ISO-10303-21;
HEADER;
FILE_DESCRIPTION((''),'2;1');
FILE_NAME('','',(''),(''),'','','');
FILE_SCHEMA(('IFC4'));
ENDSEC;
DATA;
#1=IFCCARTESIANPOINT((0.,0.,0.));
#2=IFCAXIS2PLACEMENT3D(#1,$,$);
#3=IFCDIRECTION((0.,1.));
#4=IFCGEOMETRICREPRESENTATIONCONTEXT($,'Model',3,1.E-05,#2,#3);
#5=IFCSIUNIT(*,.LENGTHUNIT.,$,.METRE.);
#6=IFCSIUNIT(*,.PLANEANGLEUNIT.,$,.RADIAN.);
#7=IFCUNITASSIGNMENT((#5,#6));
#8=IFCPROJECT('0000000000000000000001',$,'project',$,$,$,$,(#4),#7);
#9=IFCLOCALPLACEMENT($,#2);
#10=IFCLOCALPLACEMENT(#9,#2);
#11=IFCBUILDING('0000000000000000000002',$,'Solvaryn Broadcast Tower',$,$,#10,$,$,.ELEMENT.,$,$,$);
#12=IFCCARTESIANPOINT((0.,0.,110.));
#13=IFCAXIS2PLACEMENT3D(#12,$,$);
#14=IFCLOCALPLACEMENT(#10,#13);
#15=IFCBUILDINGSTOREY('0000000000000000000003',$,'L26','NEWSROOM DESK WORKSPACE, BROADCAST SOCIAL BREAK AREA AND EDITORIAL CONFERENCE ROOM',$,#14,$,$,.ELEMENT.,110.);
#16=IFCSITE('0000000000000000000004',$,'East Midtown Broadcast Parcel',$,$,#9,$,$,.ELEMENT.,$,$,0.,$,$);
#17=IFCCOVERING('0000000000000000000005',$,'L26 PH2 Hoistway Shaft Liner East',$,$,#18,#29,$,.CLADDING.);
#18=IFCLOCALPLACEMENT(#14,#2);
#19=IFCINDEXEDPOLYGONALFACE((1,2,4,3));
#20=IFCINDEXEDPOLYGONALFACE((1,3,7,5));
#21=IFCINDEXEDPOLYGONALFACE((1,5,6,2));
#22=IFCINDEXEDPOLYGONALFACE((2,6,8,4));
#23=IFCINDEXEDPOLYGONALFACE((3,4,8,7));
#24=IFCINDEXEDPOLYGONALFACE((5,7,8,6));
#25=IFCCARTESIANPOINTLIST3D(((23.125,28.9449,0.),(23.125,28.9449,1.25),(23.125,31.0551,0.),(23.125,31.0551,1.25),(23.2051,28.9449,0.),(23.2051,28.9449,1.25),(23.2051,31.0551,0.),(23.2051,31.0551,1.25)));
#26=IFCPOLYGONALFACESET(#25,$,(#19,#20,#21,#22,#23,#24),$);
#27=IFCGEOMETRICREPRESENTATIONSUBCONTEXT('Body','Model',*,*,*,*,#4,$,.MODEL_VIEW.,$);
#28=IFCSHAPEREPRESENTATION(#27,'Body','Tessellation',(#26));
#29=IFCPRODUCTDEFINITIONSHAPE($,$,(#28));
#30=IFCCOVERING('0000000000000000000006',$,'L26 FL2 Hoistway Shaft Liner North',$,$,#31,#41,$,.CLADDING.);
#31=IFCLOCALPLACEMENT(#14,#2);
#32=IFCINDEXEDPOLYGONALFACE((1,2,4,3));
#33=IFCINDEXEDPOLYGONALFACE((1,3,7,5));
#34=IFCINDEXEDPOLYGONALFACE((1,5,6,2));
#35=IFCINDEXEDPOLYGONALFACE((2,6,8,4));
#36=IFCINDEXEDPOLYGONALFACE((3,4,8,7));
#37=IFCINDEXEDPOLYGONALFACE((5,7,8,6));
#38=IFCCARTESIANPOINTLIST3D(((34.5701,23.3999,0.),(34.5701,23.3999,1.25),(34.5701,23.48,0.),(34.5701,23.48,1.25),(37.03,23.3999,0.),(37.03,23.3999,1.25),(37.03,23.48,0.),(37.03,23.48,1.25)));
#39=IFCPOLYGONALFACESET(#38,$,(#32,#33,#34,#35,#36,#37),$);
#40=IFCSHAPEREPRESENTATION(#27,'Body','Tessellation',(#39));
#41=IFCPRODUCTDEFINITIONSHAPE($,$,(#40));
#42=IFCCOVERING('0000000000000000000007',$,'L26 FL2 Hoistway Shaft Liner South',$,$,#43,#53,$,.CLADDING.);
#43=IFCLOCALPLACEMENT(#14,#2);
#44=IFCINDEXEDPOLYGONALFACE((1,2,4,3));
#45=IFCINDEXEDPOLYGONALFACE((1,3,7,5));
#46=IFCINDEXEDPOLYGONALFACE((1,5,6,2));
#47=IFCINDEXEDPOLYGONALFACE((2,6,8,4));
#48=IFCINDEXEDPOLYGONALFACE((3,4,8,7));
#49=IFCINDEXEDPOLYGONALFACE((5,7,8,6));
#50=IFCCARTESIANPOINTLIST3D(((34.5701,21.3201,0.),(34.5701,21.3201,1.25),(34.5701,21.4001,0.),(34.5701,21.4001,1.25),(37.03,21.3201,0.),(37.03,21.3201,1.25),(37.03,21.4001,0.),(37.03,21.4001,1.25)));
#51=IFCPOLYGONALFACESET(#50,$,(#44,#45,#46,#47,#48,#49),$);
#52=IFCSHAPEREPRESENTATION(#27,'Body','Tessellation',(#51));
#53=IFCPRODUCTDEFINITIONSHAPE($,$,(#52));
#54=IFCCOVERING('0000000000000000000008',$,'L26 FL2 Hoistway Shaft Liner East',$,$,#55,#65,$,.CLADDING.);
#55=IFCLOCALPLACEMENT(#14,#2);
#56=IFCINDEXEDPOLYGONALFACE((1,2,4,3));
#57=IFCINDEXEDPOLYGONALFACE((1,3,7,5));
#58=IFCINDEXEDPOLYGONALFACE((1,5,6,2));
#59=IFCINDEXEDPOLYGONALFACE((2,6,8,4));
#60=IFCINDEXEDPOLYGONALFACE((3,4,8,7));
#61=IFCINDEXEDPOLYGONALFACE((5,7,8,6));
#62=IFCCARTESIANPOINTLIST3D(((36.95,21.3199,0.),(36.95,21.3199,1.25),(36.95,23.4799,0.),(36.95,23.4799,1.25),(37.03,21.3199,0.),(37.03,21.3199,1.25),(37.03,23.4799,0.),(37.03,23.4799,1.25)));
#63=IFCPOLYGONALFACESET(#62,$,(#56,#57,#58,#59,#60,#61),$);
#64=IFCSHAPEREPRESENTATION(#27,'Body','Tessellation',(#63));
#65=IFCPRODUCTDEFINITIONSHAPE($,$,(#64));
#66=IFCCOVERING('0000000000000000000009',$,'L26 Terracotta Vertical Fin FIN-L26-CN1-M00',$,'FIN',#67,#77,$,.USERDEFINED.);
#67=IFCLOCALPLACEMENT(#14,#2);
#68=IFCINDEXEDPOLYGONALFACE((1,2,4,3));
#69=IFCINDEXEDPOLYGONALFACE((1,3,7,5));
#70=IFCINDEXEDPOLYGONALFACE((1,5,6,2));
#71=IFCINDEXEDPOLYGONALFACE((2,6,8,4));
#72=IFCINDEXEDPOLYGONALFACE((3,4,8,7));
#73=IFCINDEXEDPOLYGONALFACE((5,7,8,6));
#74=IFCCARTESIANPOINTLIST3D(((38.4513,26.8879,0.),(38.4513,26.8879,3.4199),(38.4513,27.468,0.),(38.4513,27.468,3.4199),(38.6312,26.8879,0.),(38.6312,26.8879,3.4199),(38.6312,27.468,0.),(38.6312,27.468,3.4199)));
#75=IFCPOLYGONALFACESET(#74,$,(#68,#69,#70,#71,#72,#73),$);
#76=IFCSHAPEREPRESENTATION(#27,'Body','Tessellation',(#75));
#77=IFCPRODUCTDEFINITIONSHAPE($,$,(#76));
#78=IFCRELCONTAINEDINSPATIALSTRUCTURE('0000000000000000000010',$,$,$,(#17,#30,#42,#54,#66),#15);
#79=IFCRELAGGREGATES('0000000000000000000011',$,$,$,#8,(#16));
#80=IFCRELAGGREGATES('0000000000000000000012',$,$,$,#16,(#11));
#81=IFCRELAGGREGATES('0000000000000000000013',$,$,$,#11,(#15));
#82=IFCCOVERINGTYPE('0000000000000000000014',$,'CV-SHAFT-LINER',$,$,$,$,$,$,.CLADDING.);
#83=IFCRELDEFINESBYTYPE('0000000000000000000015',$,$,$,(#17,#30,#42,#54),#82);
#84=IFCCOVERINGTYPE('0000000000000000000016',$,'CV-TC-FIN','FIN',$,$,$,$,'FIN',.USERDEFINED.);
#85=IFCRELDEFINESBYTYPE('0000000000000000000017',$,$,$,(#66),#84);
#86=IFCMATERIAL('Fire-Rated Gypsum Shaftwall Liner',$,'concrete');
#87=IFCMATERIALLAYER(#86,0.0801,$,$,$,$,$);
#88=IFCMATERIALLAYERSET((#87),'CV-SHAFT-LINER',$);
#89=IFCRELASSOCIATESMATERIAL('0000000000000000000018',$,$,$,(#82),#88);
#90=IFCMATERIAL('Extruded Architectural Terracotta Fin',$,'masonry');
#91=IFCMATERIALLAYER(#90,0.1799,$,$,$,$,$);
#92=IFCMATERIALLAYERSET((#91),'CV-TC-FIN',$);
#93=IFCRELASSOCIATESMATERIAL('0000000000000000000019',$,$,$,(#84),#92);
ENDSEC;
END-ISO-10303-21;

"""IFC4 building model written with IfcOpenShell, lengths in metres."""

from ifc_helpers import new_model, si_unit, direction, frame, origin, origin_2d, place, context, subcontext, project, spatial, rectangle, extrude, material, layer, layer_set, type_object, element, save


model = new_model("IFC4")

# Units and contexts
model_context = context("Model", 3, precision=1e-05, world=origin(), true_north=direction((0.0, 1.0)))
body_context = subcontext(model_context, "Body", "Model", "MODEL_VIEW")
ifc_project = project(units=[si_unit("LENGTHUNIT", "METRE"), si_unit("PLANEANGLEUNIT", "RADIAN")], contexts=[model_context])

# Site, building, storey
site_placement = place(None, origin())
site = spatial("IfcSite", under=ifc_project, at=site_placement, Name="East Midtown Broadcast Parcel", CompositionType="ELEMENT", RefElevation=0.0)
building_placement = place(site_placement, origin())
building = spatial("IfcBuilding", under=site, at=building_placement, Name="Solvaryn Broadcast Tower", CompositionType="ELEMENT")
storey_placement = place(building_placement, frame((0.0, 0.0, 110.0)))
storey = spatial("IfcBuildingStorey", under=building, at=storey_placement, Name="L26", Description="NEWSROOM DESK WORKSPACE, BROADCAST SOCIAL BREAK AREA AND EDITORIAL CONFERENCE ROOM", CompositionType="ELEMENT", Elevation=110.0)

# Coverings
ifc_material_1 = material(Name="Fire-Rated Gypsum Shaftwall Liner", Category="concrete")
ifc_layer_1 = layer(ifc_material_1, 0.0801)
ifc_layer_set_1 = layer_set([ifc_layer_1], Name="CV-SHAFT-LINER")
covering_type_1 = type_object("IfcCoveringType", Name="CV-SHAFT-LINER", PredefinedType="CLADDING", material=ifc_layer_set_1)
covering_1_placement = place(storey_placement, frame((23.165, 30.0, 0.0), z_axis=(0.0, 0.0, 1.0), x_axis=(1.0, 0.0, 0.0)))
element("IfcCovering", 1, at=covering_1_placement, inside=storey, type_object=covering_type_1, Name="L26 PH2 Hoistway Shaft Liner East", PredefinedType="CLADDING", context=body_context, shape_type="SweptSolid", body=[
    extrude(rectangle(XDim=0.0801, YDim=2.1101, at=origin_2d()), origin(), (0.0, 0.0, 1.0), 1.25),
])
for number, where, z_axis, x_axis, name in (
    (2, (35.8, 23.4399, 0.0), (0.0, 0.0, 1.0), (1.0, 0.0, 0.0), "L26 FL2 Hoistway Shaft Liner North"),
    (3, (35.8, 21.3601, 0.0), (0.0, 0.0, 1.0), (1.0, 0.0, 0.0), "L26 FL2 Hoistway Shaft Liner South"),
):
    element("IfcCovering", number, at=place(storey_placement, frame(where, z_axis=z_axis, x_axis=x_axis)), inside=storey, type_object=covering_type_1, Name=name, PredefinedType="CLADDING", context=body_context, shape_type="SweptSolid", body=[
        extrude(rectangle(XDim=2.46, YDim=0.0801, at=origin_2d()), origin(), (0.0, 0.0, 1.0), 1.25),
    ])
covering_2_placement = place(storey_placement, frame((36.99, 22.3999, 0.0), z_axis=(0.0, 0.0, 1.0), x_axis=(1.0, 0.0, 0.0)))
element("IfcCovering", 4, at=covering_2_placement, inside=storey, type_object=covering_type_1, Name="L26 FL2 Hoistway Shaft Liner East", PredefinedType="CLADDING", context=body_context, shape_type="SweptSolid", body=[
    extrude(rectangle(XDim=0.0801, YDim=2.1599, at=origin_2d()), origin(), (0.0, 0.0, 1.0), 1.25),
])
ifc_material_2 = material(Name="Extruded Architectural Terracotta Fin", Category="masonry")
ifc_layer_2 = layer(ifc_material_2, 0.1799)
ifc_layer_set_2 = layer_set([ifc_layer_2], Name="CV-TC-FIN")
covering_type_2 = type_object("IfcCoveringType", Name="CV-TC-FIN", Description="FIN", ElementType="FIN", PredefinedType="USERDEFINED", material=ifc_layer_set_2)
covering_3_placement = place(storey_placement, frame((38.5413, 27.178, 0.0), z_axis=(0.0, 0.0, 1.0), x_axis=(1.0, 0.0, 0.0)))
element("IfcCovering", 5, at=covering_3_placement, inside=storey, type_object=covering_type_2, Name="L26 Terracotta Vertical Fin FIN-L26-CN1-M00", ObjectType="FIN", PredefinedType="USERDEFINED", context=body_context, shape_type="SweptSolid", body=[
    extrude(rectangle(XDim=0.1799, YDim=0.5801, at=origin_2d()), origin(), (0.0, 0.0, 1.0), 3.4199),
])

save(model, "model.ifc")
